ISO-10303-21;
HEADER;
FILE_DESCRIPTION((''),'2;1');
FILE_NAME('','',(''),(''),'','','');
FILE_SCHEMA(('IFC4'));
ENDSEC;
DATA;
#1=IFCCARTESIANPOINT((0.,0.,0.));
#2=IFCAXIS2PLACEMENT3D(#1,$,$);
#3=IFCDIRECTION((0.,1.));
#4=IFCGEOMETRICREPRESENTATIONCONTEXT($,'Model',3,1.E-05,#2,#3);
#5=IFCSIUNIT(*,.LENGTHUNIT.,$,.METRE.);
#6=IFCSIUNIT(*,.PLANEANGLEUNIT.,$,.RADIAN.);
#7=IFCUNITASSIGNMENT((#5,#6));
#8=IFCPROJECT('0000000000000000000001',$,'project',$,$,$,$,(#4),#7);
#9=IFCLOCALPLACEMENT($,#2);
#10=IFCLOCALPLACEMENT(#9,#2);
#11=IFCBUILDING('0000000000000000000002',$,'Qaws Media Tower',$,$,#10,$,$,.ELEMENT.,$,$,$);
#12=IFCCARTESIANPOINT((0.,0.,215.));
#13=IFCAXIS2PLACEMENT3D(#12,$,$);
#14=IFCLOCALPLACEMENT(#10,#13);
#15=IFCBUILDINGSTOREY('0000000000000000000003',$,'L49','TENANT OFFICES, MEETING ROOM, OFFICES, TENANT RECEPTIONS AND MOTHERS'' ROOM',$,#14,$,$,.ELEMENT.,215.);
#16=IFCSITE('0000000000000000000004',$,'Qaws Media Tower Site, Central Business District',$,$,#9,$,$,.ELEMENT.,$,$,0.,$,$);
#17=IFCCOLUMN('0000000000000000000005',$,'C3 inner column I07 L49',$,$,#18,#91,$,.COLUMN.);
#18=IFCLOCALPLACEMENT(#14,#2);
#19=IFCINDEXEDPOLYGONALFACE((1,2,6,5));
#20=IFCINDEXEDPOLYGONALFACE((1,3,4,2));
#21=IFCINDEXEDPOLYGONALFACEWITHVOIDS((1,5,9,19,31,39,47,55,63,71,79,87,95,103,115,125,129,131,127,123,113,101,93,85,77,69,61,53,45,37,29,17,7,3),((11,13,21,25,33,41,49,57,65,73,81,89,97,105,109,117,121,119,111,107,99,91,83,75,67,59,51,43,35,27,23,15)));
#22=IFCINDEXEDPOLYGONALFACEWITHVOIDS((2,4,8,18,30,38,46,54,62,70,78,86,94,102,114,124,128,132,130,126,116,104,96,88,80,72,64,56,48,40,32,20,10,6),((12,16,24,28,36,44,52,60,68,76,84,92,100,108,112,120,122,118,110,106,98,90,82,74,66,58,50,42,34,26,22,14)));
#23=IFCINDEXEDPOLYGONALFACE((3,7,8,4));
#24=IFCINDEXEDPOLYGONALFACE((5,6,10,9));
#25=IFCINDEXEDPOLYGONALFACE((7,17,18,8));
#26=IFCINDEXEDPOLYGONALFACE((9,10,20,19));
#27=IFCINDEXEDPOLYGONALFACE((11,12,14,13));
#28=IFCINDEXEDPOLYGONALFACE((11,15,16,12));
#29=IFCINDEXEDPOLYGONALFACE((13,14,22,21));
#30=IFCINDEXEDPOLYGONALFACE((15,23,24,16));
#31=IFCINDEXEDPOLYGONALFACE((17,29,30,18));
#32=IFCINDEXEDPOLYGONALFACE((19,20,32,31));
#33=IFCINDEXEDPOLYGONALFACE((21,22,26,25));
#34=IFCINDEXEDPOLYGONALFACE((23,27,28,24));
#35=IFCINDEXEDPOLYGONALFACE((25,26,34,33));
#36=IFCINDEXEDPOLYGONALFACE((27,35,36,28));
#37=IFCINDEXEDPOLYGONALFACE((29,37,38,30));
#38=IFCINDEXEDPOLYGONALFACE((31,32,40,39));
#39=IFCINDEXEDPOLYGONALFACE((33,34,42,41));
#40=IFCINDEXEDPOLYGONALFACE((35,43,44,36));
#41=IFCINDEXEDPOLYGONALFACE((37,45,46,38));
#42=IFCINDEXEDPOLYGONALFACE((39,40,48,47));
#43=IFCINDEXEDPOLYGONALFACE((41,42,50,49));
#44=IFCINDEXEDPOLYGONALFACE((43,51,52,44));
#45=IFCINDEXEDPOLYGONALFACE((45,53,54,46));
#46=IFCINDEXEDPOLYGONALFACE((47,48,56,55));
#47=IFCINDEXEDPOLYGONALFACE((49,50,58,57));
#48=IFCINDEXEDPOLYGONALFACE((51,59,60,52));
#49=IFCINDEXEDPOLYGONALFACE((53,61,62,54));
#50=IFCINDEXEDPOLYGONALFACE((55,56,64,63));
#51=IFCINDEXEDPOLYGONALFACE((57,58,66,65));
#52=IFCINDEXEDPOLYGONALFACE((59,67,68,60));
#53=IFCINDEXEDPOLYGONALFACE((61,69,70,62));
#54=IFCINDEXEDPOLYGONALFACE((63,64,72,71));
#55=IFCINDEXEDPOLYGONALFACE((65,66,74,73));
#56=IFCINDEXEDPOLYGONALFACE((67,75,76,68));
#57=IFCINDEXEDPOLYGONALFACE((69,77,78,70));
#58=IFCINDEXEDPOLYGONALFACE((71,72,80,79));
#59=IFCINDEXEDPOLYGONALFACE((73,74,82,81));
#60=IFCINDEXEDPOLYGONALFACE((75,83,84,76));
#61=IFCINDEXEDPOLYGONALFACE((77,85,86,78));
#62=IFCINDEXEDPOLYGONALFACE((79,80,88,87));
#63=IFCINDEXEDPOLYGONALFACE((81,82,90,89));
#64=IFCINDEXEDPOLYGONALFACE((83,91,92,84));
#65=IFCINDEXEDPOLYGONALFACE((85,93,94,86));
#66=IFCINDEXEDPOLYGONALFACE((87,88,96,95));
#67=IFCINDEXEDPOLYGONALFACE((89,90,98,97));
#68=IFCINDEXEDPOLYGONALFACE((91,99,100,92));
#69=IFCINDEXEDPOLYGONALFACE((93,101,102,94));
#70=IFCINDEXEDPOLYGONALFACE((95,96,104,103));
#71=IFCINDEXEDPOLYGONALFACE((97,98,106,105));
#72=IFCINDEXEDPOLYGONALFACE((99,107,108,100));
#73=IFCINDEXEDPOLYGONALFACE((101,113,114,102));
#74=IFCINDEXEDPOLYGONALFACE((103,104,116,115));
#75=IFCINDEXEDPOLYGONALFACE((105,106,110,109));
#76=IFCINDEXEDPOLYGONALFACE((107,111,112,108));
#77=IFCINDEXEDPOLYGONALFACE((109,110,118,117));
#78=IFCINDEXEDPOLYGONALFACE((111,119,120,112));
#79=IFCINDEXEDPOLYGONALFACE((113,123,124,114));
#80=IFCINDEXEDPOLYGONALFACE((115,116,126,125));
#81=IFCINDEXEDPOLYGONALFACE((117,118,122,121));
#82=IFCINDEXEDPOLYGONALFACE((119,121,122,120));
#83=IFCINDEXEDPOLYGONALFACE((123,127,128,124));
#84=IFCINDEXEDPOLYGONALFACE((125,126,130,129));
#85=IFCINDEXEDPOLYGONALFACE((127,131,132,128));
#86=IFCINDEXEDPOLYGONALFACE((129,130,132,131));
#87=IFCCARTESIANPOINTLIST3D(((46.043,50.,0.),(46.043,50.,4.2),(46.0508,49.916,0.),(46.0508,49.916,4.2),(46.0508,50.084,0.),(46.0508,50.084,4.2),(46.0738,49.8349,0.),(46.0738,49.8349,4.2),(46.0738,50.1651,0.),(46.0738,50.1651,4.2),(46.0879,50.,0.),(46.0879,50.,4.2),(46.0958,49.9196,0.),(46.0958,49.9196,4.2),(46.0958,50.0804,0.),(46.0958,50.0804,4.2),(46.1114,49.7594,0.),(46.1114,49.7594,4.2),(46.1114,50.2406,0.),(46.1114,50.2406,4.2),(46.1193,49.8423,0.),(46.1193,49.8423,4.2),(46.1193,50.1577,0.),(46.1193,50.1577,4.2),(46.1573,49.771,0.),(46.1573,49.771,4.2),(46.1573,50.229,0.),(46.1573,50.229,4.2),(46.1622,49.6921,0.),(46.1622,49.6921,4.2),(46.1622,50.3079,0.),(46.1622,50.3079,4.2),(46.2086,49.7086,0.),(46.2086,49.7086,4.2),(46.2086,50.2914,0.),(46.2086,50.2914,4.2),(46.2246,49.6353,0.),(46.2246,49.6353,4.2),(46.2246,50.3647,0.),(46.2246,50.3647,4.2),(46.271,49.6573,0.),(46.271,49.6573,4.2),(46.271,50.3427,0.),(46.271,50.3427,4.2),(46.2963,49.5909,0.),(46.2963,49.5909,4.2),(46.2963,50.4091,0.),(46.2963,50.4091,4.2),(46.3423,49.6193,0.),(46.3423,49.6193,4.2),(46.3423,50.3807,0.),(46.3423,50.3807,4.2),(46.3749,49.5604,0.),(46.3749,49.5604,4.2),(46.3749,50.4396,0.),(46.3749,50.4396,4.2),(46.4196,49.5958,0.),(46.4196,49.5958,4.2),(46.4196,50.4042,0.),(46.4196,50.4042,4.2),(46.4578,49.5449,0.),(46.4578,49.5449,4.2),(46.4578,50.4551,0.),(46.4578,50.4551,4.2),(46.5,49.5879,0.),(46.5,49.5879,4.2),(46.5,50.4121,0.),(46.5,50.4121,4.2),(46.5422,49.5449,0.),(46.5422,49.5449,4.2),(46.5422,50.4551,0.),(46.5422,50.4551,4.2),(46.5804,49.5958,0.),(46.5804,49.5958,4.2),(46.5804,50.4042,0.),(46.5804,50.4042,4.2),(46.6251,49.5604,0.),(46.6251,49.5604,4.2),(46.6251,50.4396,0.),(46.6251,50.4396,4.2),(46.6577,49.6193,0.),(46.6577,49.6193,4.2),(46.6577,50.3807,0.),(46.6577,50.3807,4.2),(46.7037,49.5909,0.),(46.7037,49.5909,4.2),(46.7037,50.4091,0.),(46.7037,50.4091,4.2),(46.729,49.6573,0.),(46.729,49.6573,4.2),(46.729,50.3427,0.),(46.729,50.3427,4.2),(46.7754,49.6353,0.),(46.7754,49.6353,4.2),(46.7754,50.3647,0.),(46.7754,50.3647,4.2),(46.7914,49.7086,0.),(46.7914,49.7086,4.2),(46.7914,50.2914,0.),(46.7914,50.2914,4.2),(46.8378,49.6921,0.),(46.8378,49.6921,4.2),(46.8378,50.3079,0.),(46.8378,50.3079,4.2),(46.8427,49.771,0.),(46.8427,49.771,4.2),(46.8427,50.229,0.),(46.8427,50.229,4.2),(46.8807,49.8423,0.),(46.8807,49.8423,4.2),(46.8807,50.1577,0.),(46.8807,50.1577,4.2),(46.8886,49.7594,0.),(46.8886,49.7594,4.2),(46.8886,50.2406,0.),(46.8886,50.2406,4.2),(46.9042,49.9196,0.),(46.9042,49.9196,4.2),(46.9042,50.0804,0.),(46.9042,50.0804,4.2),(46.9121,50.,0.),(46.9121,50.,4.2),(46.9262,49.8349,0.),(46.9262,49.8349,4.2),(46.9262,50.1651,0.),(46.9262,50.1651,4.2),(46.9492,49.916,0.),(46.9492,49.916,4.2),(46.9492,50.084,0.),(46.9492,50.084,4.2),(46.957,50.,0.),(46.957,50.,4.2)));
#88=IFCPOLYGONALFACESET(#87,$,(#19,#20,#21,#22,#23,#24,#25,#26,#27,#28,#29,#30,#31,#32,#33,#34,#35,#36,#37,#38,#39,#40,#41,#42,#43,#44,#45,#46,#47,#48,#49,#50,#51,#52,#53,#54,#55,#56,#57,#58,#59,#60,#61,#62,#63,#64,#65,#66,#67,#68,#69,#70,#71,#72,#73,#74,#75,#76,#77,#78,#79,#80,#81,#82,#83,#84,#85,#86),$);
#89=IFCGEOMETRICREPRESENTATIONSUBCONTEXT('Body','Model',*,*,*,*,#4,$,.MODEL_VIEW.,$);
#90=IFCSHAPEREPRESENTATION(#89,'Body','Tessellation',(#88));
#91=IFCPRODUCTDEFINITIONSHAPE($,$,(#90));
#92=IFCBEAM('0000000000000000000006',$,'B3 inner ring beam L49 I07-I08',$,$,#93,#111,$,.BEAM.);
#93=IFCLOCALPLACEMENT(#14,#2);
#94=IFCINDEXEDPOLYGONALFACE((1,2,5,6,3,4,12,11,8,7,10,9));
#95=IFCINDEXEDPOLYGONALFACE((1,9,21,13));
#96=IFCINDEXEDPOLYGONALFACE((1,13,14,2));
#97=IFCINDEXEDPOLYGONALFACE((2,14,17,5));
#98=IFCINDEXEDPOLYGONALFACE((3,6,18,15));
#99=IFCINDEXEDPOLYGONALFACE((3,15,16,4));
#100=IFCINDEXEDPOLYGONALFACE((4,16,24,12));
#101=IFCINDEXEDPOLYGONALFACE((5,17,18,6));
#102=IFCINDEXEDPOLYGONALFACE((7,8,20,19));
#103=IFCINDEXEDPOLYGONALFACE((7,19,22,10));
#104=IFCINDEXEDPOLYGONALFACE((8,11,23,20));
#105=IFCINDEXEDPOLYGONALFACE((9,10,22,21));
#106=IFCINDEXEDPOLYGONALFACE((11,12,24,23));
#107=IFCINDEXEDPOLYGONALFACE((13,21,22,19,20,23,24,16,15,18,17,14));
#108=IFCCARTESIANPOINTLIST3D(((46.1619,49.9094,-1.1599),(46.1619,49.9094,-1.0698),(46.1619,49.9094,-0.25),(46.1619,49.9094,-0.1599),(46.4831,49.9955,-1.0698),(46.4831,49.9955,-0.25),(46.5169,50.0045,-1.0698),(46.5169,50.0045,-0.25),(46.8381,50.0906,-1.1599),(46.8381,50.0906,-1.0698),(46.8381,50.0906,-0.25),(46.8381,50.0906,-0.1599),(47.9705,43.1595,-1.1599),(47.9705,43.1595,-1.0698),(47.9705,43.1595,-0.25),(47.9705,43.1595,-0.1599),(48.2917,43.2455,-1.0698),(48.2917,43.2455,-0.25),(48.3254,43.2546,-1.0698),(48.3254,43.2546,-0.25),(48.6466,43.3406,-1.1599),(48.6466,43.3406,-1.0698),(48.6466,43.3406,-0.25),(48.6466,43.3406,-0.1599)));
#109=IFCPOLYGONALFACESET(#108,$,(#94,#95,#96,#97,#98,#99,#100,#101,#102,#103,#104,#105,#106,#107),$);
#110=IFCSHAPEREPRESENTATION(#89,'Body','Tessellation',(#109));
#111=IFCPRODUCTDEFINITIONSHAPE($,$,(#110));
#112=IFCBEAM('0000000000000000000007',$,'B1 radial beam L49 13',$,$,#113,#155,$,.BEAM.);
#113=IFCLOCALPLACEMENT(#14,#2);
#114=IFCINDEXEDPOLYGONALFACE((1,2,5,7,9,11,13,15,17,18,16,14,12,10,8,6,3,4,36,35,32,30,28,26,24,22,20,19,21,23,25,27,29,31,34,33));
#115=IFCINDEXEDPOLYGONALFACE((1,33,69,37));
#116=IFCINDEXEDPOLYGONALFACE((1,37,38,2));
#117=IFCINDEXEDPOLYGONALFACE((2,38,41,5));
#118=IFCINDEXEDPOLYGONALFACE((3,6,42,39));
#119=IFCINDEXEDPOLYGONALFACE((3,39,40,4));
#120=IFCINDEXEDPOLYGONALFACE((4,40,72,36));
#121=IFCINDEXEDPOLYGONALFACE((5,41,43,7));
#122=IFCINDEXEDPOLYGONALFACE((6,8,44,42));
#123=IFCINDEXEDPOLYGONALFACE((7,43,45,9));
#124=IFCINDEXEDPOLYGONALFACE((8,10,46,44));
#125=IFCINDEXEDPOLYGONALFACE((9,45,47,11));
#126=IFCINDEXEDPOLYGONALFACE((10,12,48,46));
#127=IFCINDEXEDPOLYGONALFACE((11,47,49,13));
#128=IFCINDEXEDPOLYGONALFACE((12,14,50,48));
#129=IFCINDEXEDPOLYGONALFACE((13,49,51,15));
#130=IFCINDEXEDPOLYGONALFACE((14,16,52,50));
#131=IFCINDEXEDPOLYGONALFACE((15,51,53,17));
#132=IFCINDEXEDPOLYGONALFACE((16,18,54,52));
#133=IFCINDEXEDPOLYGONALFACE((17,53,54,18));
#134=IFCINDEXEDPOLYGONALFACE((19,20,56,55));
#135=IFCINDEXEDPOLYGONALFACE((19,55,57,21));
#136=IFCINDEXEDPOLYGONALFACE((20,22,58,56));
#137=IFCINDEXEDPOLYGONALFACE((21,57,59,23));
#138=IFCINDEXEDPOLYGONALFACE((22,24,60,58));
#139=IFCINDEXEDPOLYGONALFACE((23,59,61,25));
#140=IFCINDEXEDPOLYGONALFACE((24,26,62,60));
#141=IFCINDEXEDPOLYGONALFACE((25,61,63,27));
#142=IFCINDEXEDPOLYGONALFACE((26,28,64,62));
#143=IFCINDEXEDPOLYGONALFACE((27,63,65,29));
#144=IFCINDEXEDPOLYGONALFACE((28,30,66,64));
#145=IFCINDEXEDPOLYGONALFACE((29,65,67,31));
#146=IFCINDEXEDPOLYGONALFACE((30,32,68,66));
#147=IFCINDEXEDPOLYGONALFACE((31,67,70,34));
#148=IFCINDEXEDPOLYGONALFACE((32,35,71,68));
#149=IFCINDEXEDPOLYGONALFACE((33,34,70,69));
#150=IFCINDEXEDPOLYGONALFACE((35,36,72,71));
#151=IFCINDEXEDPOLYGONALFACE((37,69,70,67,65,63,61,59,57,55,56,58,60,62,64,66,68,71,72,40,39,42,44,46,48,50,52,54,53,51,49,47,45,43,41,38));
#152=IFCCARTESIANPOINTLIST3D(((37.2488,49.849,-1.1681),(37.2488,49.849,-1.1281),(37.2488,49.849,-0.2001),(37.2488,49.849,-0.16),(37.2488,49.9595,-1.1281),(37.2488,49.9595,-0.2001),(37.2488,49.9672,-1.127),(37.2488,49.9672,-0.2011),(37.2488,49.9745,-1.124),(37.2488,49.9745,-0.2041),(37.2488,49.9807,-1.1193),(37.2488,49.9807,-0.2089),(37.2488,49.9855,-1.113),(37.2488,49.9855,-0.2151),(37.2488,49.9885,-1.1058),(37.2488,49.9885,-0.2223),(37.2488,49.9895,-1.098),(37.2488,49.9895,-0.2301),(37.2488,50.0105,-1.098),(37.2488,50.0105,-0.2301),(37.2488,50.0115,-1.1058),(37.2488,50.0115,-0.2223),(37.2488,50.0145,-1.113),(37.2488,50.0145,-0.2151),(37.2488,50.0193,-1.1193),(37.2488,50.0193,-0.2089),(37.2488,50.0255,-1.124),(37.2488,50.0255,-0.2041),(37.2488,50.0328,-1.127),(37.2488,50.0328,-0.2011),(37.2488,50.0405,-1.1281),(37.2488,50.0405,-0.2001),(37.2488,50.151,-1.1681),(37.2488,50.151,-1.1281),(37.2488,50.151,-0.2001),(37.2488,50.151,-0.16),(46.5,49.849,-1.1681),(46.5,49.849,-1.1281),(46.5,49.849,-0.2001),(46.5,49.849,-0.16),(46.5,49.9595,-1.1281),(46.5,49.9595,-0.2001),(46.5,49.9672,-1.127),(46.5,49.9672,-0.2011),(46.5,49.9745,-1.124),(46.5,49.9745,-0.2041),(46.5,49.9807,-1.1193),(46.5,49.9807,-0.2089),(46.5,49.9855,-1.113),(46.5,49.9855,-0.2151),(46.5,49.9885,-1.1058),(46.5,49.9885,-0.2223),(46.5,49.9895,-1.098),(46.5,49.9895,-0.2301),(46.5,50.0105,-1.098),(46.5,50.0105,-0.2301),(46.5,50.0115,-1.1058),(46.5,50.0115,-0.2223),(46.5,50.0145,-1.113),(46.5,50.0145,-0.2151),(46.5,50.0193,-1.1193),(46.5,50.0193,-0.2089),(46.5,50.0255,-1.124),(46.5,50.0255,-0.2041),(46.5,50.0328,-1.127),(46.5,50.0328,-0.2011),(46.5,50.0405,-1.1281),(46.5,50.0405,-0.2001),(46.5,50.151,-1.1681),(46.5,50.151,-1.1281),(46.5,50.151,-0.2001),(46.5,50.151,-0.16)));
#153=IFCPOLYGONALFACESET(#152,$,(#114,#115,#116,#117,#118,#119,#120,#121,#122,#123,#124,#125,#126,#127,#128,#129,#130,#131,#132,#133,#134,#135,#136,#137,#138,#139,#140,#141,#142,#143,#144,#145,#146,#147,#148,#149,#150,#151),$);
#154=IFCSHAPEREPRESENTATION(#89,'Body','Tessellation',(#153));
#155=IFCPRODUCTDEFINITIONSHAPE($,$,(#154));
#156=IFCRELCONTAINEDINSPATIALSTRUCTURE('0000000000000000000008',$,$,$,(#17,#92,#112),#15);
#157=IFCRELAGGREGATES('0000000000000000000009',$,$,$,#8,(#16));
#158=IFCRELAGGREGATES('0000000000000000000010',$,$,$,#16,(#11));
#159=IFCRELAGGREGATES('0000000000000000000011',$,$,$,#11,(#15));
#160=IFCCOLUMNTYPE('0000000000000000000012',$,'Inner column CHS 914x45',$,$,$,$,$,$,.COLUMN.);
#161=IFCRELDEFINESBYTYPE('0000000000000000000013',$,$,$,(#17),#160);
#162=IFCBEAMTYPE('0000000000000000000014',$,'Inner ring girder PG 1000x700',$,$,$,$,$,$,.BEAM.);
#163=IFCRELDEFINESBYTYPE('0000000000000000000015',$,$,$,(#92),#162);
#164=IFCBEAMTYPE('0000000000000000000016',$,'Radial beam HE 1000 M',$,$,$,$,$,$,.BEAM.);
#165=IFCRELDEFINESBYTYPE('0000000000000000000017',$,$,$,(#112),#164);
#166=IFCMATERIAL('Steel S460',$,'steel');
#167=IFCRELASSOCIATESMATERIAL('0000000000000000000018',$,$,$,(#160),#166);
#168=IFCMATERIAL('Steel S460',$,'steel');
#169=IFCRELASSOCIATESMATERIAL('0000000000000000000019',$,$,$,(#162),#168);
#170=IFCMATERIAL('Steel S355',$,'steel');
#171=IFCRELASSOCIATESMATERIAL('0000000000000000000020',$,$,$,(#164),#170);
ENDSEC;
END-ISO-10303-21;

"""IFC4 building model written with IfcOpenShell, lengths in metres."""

from ifc_helpers import new_model, si_unit, direction, frame, origin, origin_2d, place, context, subcontext, project, spatial, hollow_circle, i_section, extrude, material, material_profile, profile_set, type_object, element, save


model = new_model("IFC4")

# Units and contexts
model_context = context("Model", 3, precision=1e-05, world=origin(), true_north=direction((0.0, 1.0)))
body_context = subcontext(model_context, "Body", "Model", "MODEL_VIEW")
ifc_project = project(units=[si_unit("LENGTHUNIT", "METRE"), si_unit("PLANEANGLEUNIT", "RADIAN")], contexts=[model_context])

# Site, building, storey
site_placement = place(None, origin())
site = spatial("IfcSite", under=ifc_project, at=site_placement, Name="Qaws Media Tower Site, Central Business District", CompositionType="ELEMENT", RefElevation=0.0)
building_placement = place(site_placement, origin())
building = spatial("IfcBuilding", under=site, at=building_placement, Name="Qaws Media Tower", CompositionType="ELEMENT")
storey_placement = place(building_placement, frame((0.0, 0.0, 215.0)))
storey = spatial("IfcBuildingStorey", under=building, at=storey_placement, Name="L49", Description="TENANT OFFICES, MEETING ROOM, OFFICES, TENANT RECEPTIONS AND MOTHERS' ROOM", CompositionType="ELEMENT", Elevation=215.0)

# Column
ifc_material_1 = material(Name="Steel S460", Category="steel")
ifc_material_profile_1 = material_profile(ifc_material_1, hollow_circle(Radius=0.457, WallThickness=0.0449, at=origin_2d()), Name="CHS 914x45")
ifc_profile_set_1 = profile_set([ifc_material_profile_1], Name="Steel S460")
column_type = type_object("IfcColumnType", Name="Inner column CHS 914x45", PredefinedType="COLUMN", material=ifc_profile_set_1)
column_placement = place(storey_placement, frame((46.5, 50.0, 0.0), z_axis=(0.0, 0.0, 1.0), x_axis=(1.0, 0.0, 0.0)))
element("IfcColumn", 1, at=column_placement, inside=storey, type_object=column_type, Name="C3 inner column I07 L49", PredefinedType="COLUMN", context=body_context, shape_type="SweptSolid", body=[
    extrude(hollow_circle(Radius=0.457, WallThickness=0.0449, at=origin_2d()), origin(), (0.0, 0.0, 1.0), 4.2),
])

# Beams
ifc_material_2 = material(Name="Steel S460", Category="steel")
ifc_material_profile_2 = material_profile(ifc_material_2, i_section(OverallWidth=0.7, OverallDepth=1.0, WebThickness=0.0349, FlangeThickness=0.0901, at=origin_2d()), Name="PG 1000x700")
ifc_profile_set_2 = profile_set([ifc_material_profile_2], Name="Steel S460")
beam_type_1 = type_object("IfcBeamType", Name="Inner ring girder PG 1000x700", PredefinedType="BEAM", material=ifc_profile_set_2)
beam_1_placement = place(storey_placement, frame((46.5, 50.0, -0.6599), z_axis=(0.258811, -0.965928, 0.0), x_axis=(0.965928, 0.258811, 0.0)))
element("IfcBeam", 2, at=beam_1_placement, inside=storey, type_object=beam_type_1, Name="B3 inner ring beam L49 I07-I08", PredefinedType="BEAM", context=body_context, shape_type="SweptSolid", body=[
    extrude(i_section(OverallWidth=0.7, OverallDepth=1.0, WebThickness=0.0349, FlangeThickness=0.0901, at=origin_2d()), origin(), (0.0, 0.0, 1.0), 6.988),
])
ifc_material_3 = material(Name="Steel S355", Category="steel")
ifc_material_profile_3 = material_profile(ifc_material_3, i_section(OverallWidth=0.302, OverallDepth=1.0081, WebThickness=0.021, FlangeThickness=0.04, FilletRadius=0.03, at=origin_2d()), Name="HE 1000 M")
ifc_profile_set_3 = profile_set([ifc_material_profile_3], Name="Steel S355")
beam_type_2 = type_object("IfcBeamType", Name="Radial beam HE 1000 M", PredefinedType="BEAM", material=ifc_profile_set_3)
beam_2_placement = place(storey_placement, frame((46.5, 50.0, -0.6641), z_axis=(-1.0, 0.0, 0.0), x_axis=(0.0, -1.0, 0.0)))
element("IfcBeam", 3, at=beam_2_placement, inside=storey, type_object=beam_type_2, Name="B1 radial beam L49 13", PredefinedType="BEAM", context=body_context, shape_type="SweptSolid", body=[
    extrude(i_section(OverallWidth=0.302, OverallDepth=1.0081, WebThickness=0.021, FlangeThickness=0.04, FilletRadius=0.03, at=origin_2d()), origin(), (0.0, 0.0, 1.0), 9.2512),
])

save(model, "model.ifc")
